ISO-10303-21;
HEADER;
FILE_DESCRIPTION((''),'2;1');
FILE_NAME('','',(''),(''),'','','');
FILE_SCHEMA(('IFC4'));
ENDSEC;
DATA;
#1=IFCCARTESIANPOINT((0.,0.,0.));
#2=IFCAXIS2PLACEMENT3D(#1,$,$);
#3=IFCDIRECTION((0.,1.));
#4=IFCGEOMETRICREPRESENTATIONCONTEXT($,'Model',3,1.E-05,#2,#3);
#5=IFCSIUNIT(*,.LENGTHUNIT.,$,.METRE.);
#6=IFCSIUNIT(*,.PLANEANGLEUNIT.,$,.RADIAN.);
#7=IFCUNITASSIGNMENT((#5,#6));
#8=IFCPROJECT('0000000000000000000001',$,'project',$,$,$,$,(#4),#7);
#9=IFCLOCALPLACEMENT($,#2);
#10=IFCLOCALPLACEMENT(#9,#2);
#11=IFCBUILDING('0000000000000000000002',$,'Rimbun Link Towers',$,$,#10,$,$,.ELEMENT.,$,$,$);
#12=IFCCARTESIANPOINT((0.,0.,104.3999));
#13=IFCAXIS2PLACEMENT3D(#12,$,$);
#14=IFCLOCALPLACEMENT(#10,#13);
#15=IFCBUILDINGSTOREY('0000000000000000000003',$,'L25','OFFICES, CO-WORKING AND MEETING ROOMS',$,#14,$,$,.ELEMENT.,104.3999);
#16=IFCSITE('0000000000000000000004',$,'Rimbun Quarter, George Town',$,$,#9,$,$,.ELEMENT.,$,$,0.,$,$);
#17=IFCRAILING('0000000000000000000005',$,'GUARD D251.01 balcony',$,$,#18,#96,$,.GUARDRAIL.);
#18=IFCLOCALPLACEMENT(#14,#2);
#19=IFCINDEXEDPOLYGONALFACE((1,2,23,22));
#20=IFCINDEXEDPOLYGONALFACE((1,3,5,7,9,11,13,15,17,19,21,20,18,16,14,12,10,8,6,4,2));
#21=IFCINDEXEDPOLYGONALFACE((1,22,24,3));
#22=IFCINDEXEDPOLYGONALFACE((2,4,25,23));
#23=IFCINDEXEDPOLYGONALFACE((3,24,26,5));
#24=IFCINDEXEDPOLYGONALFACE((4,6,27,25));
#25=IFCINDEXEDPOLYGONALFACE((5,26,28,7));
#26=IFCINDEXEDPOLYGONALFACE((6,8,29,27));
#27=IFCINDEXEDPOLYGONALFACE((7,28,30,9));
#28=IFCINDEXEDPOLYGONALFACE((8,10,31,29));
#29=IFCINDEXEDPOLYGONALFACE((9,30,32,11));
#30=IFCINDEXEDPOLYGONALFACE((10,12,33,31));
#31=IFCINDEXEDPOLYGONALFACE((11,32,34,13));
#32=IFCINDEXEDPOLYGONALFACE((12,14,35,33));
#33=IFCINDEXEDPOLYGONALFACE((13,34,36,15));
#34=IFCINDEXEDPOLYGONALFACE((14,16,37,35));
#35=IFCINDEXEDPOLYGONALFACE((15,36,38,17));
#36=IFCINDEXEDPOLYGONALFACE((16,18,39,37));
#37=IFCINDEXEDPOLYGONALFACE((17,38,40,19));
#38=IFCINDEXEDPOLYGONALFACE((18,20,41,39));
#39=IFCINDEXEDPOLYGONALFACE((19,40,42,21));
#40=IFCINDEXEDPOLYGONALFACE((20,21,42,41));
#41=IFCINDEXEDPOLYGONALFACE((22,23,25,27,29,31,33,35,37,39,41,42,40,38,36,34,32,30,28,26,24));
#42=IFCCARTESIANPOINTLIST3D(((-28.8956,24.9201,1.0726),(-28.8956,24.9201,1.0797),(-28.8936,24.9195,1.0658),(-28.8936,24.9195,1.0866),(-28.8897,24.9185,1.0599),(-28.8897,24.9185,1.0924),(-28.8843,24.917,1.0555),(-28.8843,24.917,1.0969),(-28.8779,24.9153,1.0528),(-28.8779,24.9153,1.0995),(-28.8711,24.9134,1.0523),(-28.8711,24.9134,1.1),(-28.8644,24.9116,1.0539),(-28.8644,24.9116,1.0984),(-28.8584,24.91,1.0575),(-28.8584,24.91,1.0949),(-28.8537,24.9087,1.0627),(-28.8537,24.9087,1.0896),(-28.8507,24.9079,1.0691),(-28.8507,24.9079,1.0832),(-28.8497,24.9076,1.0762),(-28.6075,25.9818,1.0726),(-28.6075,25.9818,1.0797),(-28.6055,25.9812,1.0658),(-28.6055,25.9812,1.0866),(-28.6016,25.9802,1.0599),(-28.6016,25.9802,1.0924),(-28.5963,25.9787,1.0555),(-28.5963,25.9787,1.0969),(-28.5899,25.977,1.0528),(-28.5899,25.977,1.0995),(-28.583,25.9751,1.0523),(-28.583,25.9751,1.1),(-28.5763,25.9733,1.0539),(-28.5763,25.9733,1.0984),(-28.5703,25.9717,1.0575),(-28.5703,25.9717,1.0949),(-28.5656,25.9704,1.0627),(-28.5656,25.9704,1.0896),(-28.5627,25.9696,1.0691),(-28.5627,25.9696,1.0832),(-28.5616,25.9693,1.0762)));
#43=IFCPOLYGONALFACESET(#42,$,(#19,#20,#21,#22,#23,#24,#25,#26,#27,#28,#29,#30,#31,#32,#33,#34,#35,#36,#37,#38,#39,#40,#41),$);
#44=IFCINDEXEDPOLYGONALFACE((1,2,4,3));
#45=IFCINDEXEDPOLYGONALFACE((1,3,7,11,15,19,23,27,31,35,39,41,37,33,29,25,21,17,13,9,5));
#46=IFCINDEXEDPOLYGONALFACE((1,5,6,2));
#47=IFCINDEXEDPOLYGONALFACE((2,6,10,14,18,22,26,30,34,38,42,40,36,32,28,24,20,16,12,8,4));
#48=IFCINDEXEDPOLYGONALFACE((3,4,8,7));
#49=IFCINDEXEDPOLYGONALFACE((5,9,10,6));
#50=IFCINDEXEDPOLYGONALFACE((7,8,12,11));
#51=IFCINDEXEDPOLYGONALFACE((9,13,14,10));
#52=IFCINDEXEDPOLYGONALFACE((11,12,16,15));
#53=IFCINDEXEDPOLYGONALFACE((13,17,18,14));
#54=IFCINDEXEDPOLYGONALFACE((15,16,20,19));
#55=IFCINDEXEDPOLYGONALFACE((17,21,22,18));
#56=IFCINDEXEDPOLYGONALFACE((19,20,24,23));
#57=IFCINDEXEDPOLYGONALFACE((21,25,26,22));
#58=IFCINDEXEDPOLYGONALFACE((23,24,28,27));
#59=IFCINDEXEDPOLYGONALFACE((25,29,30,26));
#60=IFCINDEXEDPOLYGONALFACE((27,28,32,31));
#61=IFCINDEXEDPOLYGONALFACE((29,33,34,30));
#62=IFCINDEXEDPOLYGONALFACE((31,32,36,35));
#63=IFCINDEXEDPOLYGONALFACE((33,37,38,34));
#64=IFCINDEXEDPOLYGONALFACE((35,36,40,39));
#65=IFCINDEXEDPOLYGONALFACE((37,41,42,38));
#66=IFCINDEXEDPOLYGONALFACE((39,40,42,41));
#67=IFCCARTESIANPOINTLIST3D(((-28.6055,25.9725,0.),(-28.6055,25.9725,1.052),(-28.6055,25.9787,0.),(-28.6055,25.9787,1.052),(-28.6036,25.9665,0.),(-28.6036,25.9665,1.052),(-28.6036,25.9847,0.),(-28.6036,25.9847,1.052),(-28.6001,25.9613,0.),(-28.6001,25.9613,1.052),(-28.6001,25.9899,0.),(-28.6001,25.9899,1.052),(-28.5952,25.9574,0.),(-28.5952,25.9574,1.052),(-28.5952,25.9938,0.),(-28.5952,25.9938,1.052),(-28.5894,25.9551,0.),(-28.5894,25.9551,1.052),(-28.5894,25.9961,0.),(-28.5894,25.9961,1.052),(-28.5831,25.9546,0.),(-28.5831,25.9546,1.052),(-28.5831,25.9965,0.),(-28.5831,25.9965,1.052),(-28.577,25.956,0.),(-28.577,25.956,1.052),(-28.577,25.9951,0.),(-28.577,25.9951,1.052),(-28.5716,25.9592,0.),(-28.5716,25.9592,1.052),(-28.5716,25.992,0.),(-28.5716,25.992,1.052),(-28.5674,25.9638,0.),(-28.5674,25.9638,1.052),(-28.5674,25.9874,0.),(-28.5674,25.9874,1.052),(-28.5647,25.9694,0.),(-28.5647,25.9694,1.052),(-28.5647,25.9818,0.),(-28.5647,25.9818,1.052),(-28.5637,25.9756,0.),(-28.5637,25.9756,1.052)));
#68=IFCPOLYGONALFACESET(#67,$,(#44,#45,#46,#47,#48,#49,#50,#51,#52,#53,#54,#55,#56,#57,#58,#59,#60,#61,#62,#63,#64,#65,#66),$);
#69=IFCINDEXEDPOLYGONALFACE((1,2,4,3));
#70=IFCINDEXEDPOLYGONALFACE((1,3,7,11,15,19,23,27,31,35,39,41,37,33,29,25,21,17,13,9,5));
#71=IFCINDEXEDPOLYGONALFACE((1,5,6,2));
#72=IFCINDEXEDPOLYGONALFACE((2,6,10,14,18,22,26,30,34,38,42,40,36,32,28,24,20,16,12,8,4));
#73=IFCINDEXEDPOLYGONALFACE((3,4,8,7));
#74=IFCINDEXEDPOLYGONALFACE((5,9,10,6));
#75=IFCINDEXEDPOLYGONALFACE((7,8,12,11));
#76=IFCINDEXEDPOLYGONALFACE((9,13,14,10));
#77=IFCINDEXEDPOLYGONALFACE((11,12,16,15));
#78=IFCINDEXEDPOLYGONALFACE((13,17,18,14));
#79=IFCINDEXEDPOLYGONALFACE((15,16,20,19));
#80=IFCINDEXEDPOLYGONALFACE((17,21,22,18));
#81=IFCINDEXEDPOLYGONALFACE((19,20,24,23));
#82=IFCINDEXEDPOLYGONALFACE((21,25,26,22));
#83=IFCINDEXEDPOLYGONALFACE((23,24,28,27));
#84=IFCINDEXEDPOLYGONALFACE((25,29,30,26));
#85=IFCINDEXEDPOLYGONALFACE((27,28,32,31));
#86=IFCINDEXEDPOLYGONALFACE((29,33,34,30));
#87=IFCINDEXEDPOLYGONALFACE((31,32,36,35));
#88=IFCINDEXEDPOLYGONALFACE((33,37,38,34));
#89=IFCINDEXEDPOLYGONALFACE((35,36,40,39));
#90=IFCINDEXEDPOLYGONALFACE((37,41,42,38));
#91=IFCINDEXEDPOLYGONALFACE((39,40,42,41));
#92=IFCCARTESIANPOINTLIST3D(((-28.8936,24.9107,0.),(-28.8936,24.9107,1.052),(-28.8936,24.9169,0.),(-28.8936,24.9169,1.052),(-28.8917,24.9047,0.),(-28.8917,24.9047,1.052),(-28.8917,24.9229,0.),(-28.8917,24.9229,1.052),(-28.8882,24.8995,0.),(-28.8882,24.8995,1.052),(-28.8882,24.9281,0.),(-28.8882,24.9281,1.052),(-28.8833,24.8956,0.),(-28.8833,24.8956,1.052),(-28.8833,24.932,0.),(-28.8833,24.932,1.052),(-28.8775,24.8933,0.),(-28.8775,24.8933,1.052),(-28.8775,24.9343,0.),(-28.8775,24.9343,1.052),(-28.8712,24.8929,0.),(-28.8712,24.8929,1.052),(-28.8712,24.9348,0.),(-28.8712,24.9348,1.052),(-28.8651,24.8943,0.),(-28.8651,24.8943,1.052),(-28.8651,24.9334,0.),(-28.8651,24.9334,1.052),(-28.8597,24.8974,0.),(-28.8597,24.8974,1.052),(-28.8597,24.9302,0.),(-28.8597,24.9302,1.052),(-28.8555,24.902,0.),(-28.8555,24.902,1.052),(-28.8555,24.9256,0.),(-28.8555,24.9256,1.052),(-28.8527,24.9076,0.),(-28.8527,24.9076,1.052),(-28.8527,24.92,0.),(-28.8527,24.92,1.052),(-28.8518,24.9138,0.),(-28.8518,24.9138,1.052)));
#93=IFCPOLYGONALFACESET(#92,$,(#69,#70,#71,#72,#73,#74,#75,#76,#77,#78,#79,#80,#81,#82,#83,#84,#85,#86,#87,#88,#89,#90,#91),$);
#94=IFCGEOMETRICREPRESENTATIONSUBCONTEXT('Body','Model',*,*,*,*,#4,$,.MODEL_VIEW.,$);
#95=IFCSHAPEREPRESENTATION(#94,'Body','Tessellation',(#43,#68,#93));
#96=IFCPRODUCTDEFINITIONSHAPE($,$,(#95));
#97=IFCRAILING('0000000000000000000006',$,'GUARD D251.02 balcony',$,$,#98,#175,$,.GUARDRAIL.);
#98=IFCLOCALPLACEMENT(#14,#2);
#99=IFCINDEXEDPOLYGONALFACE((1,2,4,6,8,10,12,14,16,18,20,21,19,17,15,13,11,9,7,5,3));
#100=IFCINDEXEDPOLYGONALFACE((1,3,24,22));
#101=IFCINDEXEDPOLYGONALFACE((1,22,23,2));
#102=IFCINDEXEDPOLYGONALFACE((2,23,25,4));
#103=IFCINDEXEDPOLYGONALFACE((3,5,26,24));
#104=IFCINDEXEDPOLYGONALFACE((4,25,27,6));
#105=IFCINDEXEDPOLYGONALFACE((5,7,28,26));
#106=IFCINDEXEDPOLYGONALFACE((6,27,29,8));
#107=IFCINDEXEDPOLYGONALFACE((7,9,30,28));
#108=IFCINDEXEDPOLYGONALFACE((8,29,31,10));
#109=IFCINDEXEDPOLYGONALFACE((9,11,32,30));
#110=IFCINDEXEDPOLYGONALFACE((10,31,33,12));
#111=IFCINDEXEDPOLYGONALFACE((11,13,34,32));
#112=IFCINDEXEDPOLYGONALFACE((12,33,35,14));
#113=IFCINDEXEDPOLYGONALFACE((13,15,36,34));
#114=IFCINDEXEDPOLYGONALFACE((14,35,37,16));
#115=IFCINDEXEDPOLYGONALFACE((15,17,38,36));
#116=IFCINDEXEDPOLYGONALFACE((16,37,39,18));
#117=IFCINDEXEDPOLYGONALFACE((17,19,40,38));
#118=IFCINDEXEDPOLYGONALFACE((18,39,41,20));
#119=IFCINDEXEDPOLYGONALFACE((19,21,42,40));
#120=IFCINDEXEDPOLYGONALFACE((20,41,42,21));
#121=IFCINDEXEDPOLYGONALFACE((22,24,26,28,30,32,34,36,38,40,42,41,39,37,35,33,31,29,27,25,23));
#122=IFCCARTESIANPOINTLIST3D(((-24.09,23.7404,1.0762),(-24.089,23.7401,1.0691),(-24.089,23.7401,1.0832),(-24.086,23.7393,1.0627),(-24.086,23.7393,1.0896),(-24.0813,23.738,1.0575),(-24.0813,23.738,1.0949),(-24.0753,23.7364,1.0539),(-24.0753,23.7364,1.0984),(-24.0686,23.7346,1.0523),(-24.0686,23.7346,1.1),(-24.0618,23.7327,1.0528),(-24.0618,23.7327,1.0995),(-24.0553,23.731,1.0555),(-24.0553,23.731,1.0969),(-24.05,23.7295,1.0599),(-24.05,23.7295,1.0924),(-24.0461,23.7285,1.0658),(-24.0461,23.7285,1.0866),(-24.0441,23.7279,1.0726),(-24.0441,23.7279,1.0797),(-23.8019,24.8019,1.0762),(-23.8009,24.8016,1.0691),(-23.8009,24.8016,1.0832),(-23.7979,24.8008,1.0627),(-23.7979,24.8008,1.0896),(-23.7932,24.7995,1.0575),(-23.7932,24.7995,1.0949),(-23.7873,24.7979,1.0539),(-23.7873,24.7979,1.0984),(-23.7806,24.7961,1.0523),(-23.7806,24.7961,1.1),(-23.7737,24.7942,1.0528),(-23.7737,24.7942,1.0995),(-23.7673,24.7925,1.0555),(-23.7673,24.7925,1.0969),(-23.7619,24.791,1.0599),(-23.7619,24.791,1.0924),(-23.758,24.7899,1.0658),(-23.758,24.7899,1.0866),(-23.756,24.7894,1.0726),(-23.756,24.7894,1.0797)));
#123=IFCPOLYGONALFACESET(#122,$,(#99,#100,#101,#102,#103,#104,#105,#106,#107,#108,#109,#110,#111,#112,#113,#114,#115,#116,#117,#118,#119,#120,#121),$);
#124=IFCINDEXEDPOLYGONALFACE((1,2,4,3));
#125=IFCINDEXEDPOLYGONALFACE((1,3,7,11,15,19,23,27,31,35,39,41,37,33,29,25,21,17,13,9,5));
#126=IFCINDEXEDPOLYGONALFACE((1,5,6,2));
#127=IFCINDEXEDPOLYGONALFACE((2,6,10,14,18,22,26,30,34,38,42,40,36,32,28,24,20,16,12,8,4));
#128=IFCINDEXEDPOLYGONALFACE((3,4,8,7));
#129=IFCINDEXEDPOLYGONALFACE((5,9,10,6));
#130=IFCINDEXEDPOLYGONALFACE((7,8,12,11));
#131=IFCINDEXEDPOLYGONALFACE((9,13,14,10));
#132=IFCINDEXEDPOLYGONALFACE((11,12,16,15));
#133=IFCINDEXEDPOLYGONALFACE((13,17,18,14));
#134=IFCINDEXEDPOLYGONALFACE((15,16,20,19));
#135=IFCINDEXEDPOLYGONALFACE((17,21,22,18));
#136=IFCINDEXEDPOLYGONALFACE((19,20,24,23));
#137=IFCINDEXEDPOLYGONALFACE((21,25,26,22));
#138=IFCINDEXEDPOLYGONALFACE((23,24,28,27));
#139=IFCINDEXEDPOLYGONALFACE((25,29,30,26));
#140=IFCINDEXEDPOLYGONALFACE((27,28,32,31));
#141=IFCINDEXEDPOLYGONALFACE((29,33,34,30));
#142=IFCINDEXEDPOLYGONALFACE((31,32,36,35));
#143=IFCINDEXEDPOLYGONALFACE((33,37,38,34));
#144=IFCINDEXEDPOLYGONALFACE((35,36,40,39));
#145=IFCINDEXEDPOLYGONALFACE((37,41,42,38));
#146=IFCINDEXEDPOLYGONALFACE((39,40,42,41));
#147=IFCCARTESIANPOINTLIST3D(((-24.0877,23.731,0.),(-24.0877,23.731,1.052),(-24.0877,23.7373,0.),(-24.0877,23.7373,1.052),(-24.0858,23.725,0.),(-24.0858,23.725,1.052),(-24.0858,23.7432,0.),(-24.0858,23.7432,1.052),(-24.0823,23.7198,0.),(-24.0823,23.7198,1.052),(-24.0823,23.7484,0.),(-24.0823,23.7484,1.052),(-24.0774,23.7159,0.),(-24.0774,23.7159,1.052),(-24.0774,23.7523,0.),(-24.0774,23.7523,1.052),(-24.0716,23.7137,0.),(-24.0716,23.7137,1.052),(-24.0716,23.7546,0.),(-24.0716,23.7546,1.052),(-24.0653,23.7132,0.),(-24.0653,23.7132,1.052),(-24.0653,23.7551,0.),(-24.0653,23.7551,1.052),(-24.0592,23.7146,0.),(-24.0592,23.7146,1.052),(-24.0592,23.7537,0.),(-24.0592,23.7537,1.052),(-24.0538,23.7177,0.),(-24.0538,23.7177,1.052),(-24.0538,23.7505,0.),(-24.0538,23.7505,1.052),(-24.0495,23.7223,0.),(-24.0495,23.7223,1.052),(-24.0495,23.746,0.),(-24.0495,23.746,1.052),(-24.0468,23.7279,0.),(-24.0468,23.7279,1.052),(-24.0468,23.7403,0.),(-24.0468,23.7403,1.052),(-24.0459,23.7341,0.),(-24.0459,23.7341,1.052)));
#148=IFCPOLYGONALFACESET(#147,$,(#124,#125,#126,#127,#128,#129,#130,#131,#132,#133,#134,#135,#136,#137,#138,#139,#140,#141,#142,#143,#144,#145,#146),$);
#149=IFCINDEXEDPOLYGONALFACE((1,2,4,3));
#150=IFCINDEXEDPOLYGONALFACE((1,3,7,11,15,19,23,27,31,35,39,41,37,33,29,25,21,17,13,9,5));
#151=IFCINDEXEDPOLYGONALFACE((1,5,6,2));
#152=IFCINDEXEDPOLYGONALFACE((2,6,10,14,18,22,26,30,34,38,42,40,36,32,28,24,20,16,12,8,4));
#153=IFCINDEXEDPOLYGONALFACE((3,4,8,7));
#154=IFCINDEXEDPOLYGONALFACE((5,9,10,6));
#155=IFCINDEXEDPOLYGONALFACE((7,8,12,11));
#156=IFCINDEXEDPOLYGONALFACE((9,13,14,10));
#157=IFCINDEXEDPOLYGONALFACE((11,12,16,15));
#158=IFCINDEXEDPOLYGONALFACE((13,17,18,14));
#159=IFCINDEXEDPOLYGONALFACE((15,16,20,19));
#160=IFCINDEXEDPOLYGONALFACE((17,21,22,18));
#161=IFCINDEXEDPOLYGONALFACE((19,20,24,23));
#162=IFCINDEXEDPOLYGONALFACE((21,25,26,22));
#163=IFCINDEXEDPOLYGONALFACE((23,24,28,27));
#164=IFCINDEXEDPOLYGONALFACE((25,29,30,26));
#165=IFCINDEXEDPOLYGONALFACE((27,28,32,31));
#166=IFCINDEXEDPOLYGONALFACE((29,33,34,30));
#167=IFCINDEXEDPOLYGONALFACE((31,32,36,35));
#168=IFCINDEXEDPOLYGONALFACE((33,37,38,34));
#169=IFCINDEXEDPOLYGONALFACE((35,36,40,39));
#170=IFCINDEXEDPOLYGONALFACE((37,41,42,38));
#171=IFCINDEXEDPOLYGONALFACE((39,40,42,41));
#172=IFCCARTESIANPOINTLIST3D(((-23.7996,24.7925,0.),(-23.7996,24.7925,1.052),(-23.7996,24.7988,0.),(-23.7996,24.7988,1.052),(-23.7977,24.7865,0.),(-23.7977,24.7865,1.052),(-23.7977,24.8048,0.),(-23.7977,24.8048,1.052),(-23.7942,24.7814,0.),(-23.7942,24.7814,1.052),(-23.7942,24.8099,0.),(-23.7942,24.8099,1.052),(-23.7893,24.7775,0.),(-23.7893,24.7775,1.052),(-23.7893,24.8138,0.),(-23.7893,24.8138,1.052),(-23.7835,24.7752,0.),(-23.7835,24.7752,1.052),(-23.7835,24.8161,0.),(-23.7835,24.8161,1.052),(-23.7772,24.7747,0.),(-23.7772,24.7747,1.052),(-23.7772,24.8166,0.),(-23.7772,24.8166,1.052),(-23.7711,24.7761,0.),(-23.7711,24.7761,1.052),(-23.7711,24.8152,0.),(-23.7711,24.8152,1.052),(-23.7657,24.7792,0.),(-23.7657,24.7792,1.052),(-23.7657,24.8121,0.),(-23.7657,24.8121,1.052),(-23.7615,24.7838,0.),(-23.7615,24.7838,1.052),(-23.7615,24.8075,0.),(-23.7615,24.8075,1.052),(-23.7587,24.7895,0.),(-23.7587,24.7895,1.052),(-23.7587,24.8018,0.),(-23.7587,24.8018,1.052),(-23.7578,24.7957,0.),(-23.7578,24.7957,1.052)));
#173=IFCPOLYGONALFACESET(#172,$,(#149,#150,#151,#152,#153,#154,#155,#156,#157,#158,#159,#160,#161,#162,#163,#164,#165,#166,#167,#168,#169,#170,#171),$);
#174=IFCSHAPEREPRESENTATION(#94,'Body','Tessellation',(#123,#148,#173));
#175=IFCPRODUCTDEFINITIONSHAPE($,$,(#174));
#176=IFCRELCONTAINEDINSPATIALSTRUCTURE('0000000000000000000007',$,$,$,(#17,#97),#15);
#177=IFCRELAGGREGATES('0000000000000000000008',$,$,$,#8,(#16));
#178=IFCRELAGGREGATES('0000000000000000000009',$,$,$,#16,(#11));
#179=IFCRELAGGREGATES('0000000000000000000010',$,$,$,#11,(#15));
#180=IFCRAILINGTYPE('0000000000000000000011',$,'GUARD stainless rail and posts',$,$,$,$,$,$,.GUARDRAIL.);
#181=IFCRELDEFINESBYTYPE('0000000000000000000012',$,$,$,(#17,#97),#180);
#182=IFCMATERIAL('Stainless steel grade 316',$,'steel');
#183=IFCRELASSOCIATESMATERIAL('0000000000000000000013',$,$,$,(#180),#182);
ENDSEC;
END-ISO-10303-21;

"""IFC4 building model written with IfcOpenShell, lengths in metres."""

from ifc_helpers import new_model, si_unit, direction, frame, origin, origin_2d, place, context, subcontext, project, spatial, circle, extrude, material, type_object, element, save


model = new_model("IFC4")

# Units and contexts
model_context = context("Model", 3, precision=1e-05, world=origin(), true_north=direction((0.0, 1.0)))
body_context = subcontext(model_context, "Body", "Model", "MODEL_VIEW")
ifc_project = project(units=[si_unit("LENGTHUNIT", "METRE"), si_unit("PLANEANGLEUNIT", "RADIAN")], contexts=[model_context])

# Site, building, storey
site_placement = place(None, origin())
site = spatial("IfcSite", under=ifc_project, at=site_placement, Name="Rimbun Quarter, George Town", CompositionType="ELEMENT", RefElevation=0.0)
building_placement = place(site_placement, origin())
building = spatial("IfcBuilding", under=site, at=building_placement, Name="Rimbun Link Towers", CompositionType="ELEMENT")
storey_placement = place(building_placement, frame((0.0, 0.0, 104.3999)))
storey = spatial("IfcBuildingStorey", under=building, at=storey_placement, Name="L25", Description="OFFICES, CO-WORKING AND MEETING ROOMS", CompositionType="ELEMENT", Elevation=104.3999)

# Railings
ifc_material_1 = material(Name="Stainless steel grade 316", Category="steel")
railing_type = type_object("IfcRailingType", Name="GUARD stainless rail and posts", PredefinedType="GUARDRAIL", material=ifc_material_1)
railing_1_placement = place(storey_placement, frame((-28.5847, 25.9756, 0.0)))
element("IfcRailing", 1, at=railing_1_placement, inside=storey, type_object=railing_type, Name="GUARD D251.01 balcony", PredefinedType="GUARDRAIL", context=body_context, shape_type="SweptSolid", body=[
    extrude(circle(Radius=0.0239, at=origin_2d()), frame((0.0, 0.0, 1.0762), z_axis=(-0.261859, -0.965106, 0.0), x_axis=(0.965106, -0.261859, 0.0)), (0.0, 0.0, 1.0), 1.1001),
    extrude(circle(Radius=0.021, at=origin_2d()), origin(), (0.0, 0.0, 1.0), 1.052),
    extrude(circle(Radius=0.021, at=origin_2d()), frame((-0.2881, -1.0618, 0.0)), (0.0, 0.0, 1.0), 1.052),
])
railing_2_placement = place(storey_placement, frame((-24.0669, 23.7341, 0.0)))
element("IfcRailing", 2, at=railing_2_placement, inside=storey, type_object=railing_type, Name="GUARD D251.02 balcony", PredefinedType="GUARDRAIL", context=body_context, shape_type="SweptSolid", body=[
    extrude(circle(Radius=0.0239, at=origin_2d()), frame((0.0, 0.0, 1.0762), z_axis=(0.261915, 0.965091, 0.0), x_axis=(-0.965091, 0.261915, 0.0)), (0.0, 0.0, 1.0), 1.0999),
    extrude(circle(Radius=0.021, at=origin_2d()), origin(), (0.0, 0.0, 1.0), 1.052),
    extrude(circle(Radius=0.021, at=origin_2d()), frame((0.2881, 1.0615, 0.0)), (0.0, 0.0, 1.0), 1.052),
])

save(model, "model.ifc")
